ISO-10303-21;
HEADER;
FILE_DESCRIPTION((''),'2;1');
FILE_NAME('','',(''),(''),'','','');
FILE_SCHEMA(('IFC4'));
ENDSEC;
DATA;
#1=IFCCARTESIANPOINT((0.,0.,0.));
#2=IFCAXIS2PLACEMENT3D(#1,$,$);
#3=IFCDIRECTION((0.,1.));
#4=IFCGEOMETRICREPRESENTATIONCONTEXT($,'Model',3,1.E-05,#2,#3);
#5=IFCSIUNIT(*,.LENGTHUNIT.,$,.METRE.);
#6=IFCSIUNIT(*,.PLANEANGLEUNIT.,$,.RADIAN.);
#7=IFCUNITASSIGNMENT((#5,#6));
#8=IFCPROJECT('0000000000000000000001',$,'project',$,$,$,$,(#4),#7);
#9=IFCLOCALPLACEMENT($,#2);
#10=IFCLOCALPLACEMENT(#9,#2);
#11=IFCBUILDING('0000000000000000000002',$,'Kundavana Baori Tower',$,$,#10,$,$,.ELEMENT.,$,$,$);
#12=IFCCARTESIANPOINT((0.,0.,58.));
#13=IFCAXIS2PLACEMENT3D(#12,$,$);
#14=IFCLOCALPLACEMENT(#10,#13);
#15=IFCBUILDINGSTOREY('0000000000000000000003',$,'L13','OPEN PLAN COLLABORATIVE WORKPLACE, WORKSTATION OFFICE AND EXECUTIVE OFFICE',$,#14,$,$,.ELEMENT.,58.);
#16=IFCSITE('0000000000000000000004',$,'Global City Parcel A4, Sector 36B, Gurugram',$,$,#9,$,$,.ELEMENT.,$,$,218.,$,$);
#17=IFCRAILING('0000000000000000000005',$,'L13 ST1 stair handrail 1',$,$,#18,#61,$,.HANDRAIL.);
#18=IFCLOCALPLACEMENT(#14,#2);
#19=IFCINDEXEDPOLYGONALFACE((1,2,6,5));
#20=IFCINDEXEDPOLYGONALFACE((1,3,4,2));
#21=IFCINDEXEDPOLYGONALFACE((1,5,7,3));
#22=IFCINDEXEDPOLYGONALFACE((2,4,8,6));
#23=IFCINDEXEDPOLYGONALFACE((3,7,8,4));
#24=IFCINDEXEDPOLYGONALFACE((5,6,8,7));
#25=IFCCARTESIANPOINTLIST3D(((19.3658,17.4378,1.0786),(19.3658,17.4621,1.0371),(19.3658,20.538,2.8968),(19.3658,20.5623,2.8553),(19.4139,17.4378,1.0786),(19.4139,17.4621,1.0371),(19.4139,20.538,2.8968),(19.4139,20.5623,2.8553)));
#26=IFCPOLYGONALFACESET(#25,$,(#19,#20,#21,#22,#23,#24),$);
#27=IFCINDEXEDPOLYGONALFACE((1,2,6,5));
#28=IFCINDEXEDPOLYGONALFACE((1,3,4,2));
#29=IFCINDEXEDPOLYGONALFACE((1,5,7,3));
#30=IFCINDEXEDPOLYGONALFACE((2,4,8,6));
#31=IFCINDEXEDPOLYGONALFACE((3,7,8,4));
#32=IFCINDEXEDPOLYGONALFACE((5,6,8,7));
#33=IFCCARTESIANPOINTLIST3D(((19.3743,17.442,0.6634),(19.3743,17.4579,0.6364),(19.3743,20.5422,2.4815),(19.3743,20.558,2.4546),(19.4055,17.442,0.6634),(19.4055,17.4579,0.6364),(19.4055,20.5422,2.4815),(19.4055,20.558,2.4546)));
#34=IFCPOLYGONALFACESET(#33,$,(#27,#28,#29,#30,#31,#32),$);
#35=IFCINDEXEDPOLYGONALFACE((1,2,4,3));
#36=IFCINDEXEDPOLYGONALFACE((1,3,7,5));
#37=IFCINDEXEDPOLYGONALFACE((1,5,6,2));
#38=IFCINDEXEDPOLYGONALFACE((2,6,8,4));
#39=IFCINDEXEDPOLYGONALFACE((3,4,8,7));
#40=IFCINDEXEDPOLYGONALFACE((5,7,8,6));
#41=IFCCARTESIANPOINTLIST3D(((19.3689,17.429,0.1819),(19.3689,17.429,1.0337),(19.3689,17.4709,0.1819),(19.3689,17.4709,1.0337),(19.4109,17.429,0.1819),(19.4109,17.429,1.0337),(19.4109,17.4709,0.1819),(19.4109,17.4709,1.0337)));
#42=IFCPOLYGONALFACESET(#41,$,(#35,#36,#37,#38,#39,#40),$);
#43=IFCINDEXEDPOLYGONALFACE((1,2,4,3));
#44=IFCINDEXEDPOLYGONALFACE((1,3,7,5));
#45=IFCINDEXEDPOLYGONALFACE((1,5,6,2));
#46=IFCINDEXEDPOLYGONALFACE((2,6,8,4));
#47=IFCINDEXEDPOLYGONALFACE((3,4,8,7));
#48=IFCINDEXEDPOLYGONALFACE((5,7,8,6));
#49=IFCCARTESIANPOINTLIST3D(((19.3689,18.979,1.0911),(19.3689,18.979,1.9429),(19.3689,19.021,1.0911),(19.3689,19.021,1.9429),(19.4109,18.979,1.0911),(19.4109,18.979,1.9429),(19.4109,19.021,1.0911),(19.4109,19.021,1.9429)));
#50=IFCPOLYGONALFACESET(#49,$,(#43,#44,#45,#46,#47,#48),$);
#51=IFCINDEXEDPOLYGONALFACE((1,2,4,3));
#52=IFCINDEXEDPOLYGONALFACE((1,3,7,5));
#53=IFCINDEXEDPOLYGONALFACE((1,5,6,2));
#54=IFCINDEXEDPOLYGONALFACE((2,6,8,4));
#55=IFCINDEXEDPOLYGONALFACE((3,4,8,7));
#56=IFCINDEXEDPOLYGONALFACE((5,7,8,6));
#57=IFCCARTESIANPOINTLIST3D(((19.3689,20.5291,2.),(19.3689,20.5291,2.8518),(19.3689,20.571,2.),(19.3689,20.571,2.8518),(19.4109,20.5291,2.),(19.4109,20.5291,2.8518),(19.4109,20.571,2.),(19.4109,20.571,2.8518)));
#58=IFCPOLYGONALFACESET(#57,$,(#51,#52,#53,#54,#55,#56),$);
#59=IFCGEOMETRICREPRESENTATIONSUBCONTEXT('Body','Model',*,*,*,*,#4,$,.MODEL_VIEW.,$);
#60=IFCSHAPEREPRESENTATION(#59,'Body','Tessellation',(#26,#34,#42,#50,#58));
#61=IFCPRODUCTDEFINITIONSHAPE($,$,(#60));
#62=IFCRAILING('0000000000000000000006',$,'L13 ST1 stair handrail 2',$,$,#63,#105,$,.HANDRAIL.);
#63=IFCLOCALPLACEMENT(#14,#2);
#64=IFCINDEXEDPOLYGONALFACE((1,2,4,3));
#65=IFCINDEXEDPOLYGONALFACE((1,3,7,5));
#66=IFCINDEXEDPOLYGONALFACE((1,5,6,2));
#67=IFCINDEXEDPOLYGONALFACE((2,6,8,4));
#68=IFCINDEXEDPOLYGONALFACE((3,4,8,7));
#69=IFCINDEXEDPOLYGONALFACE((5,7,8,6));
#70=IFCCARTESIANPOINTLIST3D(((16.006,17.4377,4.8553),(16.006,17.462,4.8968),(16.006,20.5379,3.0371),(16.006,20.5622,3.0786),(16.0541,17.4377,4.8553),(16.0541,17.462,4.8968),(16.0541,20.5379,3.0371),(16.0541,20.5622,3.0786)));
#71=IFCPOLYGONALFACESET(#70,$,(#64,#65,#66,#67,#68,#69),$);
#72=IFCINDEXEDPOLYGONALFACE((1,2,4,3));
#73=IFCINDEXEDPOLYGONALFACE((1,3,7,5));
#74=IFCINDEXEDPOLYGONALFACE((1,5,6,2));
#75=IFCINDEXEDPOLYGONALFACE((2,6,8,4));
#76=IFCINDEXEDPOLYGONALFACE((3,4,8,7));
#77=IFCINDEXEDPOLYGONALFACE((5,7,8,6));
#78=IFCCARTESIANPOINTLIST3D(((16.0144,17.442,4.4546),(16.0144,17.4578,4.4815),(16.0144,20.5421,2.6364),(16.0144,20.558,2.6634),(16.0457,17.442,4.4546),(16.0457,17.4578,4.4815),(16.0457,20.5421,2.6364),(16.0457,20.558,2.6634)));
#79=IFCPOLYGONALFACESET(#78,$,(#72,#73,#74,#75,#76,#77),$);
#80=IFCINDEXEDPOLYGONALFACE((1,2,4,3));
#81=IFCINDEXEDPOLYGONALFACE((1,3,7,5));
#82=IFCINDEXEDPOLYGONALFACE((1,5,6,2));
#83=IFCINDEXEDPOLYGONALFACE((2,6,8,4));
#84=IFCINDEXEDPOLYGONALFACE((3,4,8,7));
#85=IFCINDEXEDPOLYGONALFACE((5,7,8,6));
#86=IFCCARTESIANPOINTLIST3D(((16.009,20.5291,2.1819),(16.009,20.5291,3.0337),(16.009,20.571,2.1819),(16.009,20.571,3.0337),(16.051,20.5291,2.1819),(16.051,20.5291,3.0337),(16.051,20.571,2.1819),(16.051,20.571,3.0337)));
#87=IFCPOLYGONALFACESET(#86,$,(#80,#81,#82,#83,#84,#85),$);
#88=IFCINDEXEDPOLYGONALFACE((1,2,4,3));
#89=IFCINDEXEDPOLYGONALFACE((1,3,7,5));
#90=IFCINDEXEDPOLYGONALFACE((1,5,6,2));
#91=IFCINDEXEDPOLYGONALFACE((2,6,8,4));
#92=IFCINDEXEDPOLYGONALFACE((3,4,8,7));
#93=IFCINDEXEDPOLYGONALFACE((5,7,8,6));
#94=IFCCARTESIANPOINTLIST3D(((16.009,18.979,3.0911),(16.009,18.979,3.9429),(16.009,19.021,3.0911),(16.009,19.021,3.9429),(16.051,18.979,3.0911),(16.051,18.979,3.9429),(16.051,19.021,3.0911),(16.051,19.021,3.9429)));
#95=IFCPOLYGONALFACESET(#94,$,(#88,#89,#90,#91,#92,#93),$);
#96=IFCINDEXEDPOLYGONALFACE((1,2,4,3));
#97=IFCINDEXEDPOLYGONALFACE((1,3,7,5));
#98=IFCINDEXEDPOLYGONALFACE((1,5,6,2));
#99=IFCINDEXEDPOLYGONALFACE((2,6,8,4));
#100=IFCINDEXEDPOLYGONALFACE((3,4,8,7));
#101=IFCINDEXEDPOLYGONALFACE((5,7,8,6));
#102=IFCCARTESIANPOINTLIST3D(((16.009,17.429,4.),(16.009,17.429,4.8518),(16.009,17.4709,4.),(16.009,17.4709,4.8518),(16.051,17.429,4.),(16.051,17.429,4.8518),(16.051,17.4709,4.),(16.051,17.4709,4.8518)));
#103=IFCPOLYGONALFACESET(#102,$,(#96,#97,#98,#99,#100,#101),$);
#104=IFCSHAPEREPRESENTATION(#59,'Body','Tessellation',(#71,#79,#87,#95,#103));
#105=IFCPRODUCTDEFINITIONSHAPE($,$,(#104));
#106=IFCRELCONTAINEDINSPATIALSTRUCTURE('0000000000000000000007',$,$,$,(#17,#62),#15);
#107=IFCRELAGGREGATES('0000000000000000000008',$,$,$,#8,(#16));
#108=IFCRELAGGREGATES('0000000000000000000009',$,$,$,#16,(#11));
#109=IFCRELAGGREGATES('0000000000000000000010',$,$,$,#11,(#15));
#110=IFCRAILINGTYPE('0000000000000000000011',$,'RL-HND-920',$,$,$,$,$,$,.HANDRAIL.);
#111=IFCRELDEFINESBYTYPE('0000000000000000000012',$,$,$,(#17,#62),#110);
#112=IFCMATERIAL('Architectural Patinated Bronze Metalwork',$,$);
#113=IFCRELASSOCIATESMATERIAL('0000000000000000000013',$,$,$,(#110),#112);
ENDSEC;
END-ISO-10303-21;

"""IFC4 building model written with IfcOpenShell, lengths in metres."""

from ifc_helpers import new_model, si_unit, direction, frame, origin, origin_2d, place, context, subcontext, project, spatial, rectangle, extrude, material, type_object, element, save


model = new_model("IFC4")

# Units and contexts
model_context = context("Model", 3, precision=1e-05, world=origin(), true_north=direction((0.0, 1.0)))
body_context = subcontext(model_context, "Body", "Model", "MODEL_VIEW")
ifc_project = project(units=[si_unit("LENGTHUNIT", "METRE"), si_unit("PLANEANGLEUNIT", "RADIAN")], contexts=[model_context])

# Site, building, storey
site_placement = place(None, origin())
site = spatial("IfcSite", under=ifc_project, at=site_placement, Name="Global City Parcel A4, Sector 36B, Gurugram", CompositionType="ELEMENT", RefElevation=218.0)
building_placement = place(site_placement, origin())
building = spatial("IfcBuilding", under=site, at=building_placement, Name="Kundavana Baori Tower", CompositionType="ELEMENT")
storey_placement = place(building_placement, frame((0.0, 0.0, 58.0)))
storey = spatial("IfcBuildingStorey", under=building, at=storey_placement, Name="L13", Description="OPEN PLAN COLLABORATIVE WORKPLACE, WORKSTATION OFFICE AND EXECUTIVE OFFICE", CompositionType="ELEMENT", Elevation=58.0)

# Railings
ifc_material_1 = material(Name="Architectural Patinated Bronze Metalwork")
railing_type_1 = type_object("IfcRailingType", Name="RL-HND-920", PredefinedType="HANDRAIL", material=ifc_material_1)
railing_1_placement = place(storey_placement, frame((19.3899, 17.45, 0.1819)))
element("IfcRailing", 1, at=railing_1_placement, inside=storey, type_object=railing_type_1, Name="L13 ST1 stair handrail 1", PredefinedType="HANDRAIL", context=body_context, shape_type="SweptSolid", body=[
    extrude(rectangle(XDim=0.0481, YDim=0.0481, at=origin_2d()), frame((0.0, 0.0, 0.876), z_axis=(0.0, 0.862599, 0.505889), x_axis=(-1.0, 0.0, 0.0)), (0.0, 0.0, 1.0), 3.594),
    extrude(rectangle(XDim=0.0312, YDim=0.0312, at=origin_2d()), frame((0.0, 0.0, 0.468), z_axis=(0.0, 0.862599, 0.505889), x_axis=(-1.0, 0.0, 0.0)), (0.0, 0.0, 1.0), 3.594),
    extrude(rectangle(XDim=0.042, YDim=0.042, at=origin_2d()), origin(), (0.0, 0.0, 1.0), 0.8518),
    extrude(rectangle(XDim=0.042, YDim=0.042, at=origin_2d()), frame((0.0, 1.55, 0.9092)), (0.0, 0.0, 1.0), 0.8518),
    extrude(rectangle(XDim=0.042, YDim=0.042, at=origin_2d()), frame((0.0, 3.1001, 1.8181)), (0.0, 0.0, 1.0), 0.8518),
])
railing_2_placement = place(storey_placement, frame((16.03, 20.55, 2.1819)))
element("IfcRailing", 2, at=railing_2_placement, inside=storey, type_object=railing_type_1, Name="L13 ST1 stair handrail 2", PredefinedType="HANDRAIL", context=body_context, shape_type="SweptSolid", body=[
    extrude(rectangle(XDim=0.0481, YDim=0.0481, at=origin_2d()), frame((0.0, 0.0, 0.876), z_axis=(0.0, -0.862599, 0.505889), x_axis=(1.0, 0.0, 0.0)), (0.0, 0.0, 1.0), 3.594),
    extrude(rectangle(XDim=0.0312, YDim=0.0312, at=origin_2d()), frame((0.0, 0.0, 0.468), z_axis=(0.0, -0.862599, 0.505889), x_axis=(1.0, 0.0, 0.0)), (0.0, 0.0, 1.0), 3.594),
    extrude(rectangle(XDim=0.042, YDim=0.042, at=origin_2d()), origin(), (0.0, 0.0, 1.0), 0.8518),
    extrude(rectangle(XDim=0.042, YDim=0.042, at=origin_2d()), frame((0.0, -1.55, 0.9092)), (0.0, 0.0, 1.0), 0.8518),
    extrude(rectangle(XDim=0.042, YDim=0.042, at=origin_2d()), frame((0.0, -3.1001, 1.8181)), (0.0, 0.0, 1.0), 0.8518),
])

save(model, "model.ifc")
